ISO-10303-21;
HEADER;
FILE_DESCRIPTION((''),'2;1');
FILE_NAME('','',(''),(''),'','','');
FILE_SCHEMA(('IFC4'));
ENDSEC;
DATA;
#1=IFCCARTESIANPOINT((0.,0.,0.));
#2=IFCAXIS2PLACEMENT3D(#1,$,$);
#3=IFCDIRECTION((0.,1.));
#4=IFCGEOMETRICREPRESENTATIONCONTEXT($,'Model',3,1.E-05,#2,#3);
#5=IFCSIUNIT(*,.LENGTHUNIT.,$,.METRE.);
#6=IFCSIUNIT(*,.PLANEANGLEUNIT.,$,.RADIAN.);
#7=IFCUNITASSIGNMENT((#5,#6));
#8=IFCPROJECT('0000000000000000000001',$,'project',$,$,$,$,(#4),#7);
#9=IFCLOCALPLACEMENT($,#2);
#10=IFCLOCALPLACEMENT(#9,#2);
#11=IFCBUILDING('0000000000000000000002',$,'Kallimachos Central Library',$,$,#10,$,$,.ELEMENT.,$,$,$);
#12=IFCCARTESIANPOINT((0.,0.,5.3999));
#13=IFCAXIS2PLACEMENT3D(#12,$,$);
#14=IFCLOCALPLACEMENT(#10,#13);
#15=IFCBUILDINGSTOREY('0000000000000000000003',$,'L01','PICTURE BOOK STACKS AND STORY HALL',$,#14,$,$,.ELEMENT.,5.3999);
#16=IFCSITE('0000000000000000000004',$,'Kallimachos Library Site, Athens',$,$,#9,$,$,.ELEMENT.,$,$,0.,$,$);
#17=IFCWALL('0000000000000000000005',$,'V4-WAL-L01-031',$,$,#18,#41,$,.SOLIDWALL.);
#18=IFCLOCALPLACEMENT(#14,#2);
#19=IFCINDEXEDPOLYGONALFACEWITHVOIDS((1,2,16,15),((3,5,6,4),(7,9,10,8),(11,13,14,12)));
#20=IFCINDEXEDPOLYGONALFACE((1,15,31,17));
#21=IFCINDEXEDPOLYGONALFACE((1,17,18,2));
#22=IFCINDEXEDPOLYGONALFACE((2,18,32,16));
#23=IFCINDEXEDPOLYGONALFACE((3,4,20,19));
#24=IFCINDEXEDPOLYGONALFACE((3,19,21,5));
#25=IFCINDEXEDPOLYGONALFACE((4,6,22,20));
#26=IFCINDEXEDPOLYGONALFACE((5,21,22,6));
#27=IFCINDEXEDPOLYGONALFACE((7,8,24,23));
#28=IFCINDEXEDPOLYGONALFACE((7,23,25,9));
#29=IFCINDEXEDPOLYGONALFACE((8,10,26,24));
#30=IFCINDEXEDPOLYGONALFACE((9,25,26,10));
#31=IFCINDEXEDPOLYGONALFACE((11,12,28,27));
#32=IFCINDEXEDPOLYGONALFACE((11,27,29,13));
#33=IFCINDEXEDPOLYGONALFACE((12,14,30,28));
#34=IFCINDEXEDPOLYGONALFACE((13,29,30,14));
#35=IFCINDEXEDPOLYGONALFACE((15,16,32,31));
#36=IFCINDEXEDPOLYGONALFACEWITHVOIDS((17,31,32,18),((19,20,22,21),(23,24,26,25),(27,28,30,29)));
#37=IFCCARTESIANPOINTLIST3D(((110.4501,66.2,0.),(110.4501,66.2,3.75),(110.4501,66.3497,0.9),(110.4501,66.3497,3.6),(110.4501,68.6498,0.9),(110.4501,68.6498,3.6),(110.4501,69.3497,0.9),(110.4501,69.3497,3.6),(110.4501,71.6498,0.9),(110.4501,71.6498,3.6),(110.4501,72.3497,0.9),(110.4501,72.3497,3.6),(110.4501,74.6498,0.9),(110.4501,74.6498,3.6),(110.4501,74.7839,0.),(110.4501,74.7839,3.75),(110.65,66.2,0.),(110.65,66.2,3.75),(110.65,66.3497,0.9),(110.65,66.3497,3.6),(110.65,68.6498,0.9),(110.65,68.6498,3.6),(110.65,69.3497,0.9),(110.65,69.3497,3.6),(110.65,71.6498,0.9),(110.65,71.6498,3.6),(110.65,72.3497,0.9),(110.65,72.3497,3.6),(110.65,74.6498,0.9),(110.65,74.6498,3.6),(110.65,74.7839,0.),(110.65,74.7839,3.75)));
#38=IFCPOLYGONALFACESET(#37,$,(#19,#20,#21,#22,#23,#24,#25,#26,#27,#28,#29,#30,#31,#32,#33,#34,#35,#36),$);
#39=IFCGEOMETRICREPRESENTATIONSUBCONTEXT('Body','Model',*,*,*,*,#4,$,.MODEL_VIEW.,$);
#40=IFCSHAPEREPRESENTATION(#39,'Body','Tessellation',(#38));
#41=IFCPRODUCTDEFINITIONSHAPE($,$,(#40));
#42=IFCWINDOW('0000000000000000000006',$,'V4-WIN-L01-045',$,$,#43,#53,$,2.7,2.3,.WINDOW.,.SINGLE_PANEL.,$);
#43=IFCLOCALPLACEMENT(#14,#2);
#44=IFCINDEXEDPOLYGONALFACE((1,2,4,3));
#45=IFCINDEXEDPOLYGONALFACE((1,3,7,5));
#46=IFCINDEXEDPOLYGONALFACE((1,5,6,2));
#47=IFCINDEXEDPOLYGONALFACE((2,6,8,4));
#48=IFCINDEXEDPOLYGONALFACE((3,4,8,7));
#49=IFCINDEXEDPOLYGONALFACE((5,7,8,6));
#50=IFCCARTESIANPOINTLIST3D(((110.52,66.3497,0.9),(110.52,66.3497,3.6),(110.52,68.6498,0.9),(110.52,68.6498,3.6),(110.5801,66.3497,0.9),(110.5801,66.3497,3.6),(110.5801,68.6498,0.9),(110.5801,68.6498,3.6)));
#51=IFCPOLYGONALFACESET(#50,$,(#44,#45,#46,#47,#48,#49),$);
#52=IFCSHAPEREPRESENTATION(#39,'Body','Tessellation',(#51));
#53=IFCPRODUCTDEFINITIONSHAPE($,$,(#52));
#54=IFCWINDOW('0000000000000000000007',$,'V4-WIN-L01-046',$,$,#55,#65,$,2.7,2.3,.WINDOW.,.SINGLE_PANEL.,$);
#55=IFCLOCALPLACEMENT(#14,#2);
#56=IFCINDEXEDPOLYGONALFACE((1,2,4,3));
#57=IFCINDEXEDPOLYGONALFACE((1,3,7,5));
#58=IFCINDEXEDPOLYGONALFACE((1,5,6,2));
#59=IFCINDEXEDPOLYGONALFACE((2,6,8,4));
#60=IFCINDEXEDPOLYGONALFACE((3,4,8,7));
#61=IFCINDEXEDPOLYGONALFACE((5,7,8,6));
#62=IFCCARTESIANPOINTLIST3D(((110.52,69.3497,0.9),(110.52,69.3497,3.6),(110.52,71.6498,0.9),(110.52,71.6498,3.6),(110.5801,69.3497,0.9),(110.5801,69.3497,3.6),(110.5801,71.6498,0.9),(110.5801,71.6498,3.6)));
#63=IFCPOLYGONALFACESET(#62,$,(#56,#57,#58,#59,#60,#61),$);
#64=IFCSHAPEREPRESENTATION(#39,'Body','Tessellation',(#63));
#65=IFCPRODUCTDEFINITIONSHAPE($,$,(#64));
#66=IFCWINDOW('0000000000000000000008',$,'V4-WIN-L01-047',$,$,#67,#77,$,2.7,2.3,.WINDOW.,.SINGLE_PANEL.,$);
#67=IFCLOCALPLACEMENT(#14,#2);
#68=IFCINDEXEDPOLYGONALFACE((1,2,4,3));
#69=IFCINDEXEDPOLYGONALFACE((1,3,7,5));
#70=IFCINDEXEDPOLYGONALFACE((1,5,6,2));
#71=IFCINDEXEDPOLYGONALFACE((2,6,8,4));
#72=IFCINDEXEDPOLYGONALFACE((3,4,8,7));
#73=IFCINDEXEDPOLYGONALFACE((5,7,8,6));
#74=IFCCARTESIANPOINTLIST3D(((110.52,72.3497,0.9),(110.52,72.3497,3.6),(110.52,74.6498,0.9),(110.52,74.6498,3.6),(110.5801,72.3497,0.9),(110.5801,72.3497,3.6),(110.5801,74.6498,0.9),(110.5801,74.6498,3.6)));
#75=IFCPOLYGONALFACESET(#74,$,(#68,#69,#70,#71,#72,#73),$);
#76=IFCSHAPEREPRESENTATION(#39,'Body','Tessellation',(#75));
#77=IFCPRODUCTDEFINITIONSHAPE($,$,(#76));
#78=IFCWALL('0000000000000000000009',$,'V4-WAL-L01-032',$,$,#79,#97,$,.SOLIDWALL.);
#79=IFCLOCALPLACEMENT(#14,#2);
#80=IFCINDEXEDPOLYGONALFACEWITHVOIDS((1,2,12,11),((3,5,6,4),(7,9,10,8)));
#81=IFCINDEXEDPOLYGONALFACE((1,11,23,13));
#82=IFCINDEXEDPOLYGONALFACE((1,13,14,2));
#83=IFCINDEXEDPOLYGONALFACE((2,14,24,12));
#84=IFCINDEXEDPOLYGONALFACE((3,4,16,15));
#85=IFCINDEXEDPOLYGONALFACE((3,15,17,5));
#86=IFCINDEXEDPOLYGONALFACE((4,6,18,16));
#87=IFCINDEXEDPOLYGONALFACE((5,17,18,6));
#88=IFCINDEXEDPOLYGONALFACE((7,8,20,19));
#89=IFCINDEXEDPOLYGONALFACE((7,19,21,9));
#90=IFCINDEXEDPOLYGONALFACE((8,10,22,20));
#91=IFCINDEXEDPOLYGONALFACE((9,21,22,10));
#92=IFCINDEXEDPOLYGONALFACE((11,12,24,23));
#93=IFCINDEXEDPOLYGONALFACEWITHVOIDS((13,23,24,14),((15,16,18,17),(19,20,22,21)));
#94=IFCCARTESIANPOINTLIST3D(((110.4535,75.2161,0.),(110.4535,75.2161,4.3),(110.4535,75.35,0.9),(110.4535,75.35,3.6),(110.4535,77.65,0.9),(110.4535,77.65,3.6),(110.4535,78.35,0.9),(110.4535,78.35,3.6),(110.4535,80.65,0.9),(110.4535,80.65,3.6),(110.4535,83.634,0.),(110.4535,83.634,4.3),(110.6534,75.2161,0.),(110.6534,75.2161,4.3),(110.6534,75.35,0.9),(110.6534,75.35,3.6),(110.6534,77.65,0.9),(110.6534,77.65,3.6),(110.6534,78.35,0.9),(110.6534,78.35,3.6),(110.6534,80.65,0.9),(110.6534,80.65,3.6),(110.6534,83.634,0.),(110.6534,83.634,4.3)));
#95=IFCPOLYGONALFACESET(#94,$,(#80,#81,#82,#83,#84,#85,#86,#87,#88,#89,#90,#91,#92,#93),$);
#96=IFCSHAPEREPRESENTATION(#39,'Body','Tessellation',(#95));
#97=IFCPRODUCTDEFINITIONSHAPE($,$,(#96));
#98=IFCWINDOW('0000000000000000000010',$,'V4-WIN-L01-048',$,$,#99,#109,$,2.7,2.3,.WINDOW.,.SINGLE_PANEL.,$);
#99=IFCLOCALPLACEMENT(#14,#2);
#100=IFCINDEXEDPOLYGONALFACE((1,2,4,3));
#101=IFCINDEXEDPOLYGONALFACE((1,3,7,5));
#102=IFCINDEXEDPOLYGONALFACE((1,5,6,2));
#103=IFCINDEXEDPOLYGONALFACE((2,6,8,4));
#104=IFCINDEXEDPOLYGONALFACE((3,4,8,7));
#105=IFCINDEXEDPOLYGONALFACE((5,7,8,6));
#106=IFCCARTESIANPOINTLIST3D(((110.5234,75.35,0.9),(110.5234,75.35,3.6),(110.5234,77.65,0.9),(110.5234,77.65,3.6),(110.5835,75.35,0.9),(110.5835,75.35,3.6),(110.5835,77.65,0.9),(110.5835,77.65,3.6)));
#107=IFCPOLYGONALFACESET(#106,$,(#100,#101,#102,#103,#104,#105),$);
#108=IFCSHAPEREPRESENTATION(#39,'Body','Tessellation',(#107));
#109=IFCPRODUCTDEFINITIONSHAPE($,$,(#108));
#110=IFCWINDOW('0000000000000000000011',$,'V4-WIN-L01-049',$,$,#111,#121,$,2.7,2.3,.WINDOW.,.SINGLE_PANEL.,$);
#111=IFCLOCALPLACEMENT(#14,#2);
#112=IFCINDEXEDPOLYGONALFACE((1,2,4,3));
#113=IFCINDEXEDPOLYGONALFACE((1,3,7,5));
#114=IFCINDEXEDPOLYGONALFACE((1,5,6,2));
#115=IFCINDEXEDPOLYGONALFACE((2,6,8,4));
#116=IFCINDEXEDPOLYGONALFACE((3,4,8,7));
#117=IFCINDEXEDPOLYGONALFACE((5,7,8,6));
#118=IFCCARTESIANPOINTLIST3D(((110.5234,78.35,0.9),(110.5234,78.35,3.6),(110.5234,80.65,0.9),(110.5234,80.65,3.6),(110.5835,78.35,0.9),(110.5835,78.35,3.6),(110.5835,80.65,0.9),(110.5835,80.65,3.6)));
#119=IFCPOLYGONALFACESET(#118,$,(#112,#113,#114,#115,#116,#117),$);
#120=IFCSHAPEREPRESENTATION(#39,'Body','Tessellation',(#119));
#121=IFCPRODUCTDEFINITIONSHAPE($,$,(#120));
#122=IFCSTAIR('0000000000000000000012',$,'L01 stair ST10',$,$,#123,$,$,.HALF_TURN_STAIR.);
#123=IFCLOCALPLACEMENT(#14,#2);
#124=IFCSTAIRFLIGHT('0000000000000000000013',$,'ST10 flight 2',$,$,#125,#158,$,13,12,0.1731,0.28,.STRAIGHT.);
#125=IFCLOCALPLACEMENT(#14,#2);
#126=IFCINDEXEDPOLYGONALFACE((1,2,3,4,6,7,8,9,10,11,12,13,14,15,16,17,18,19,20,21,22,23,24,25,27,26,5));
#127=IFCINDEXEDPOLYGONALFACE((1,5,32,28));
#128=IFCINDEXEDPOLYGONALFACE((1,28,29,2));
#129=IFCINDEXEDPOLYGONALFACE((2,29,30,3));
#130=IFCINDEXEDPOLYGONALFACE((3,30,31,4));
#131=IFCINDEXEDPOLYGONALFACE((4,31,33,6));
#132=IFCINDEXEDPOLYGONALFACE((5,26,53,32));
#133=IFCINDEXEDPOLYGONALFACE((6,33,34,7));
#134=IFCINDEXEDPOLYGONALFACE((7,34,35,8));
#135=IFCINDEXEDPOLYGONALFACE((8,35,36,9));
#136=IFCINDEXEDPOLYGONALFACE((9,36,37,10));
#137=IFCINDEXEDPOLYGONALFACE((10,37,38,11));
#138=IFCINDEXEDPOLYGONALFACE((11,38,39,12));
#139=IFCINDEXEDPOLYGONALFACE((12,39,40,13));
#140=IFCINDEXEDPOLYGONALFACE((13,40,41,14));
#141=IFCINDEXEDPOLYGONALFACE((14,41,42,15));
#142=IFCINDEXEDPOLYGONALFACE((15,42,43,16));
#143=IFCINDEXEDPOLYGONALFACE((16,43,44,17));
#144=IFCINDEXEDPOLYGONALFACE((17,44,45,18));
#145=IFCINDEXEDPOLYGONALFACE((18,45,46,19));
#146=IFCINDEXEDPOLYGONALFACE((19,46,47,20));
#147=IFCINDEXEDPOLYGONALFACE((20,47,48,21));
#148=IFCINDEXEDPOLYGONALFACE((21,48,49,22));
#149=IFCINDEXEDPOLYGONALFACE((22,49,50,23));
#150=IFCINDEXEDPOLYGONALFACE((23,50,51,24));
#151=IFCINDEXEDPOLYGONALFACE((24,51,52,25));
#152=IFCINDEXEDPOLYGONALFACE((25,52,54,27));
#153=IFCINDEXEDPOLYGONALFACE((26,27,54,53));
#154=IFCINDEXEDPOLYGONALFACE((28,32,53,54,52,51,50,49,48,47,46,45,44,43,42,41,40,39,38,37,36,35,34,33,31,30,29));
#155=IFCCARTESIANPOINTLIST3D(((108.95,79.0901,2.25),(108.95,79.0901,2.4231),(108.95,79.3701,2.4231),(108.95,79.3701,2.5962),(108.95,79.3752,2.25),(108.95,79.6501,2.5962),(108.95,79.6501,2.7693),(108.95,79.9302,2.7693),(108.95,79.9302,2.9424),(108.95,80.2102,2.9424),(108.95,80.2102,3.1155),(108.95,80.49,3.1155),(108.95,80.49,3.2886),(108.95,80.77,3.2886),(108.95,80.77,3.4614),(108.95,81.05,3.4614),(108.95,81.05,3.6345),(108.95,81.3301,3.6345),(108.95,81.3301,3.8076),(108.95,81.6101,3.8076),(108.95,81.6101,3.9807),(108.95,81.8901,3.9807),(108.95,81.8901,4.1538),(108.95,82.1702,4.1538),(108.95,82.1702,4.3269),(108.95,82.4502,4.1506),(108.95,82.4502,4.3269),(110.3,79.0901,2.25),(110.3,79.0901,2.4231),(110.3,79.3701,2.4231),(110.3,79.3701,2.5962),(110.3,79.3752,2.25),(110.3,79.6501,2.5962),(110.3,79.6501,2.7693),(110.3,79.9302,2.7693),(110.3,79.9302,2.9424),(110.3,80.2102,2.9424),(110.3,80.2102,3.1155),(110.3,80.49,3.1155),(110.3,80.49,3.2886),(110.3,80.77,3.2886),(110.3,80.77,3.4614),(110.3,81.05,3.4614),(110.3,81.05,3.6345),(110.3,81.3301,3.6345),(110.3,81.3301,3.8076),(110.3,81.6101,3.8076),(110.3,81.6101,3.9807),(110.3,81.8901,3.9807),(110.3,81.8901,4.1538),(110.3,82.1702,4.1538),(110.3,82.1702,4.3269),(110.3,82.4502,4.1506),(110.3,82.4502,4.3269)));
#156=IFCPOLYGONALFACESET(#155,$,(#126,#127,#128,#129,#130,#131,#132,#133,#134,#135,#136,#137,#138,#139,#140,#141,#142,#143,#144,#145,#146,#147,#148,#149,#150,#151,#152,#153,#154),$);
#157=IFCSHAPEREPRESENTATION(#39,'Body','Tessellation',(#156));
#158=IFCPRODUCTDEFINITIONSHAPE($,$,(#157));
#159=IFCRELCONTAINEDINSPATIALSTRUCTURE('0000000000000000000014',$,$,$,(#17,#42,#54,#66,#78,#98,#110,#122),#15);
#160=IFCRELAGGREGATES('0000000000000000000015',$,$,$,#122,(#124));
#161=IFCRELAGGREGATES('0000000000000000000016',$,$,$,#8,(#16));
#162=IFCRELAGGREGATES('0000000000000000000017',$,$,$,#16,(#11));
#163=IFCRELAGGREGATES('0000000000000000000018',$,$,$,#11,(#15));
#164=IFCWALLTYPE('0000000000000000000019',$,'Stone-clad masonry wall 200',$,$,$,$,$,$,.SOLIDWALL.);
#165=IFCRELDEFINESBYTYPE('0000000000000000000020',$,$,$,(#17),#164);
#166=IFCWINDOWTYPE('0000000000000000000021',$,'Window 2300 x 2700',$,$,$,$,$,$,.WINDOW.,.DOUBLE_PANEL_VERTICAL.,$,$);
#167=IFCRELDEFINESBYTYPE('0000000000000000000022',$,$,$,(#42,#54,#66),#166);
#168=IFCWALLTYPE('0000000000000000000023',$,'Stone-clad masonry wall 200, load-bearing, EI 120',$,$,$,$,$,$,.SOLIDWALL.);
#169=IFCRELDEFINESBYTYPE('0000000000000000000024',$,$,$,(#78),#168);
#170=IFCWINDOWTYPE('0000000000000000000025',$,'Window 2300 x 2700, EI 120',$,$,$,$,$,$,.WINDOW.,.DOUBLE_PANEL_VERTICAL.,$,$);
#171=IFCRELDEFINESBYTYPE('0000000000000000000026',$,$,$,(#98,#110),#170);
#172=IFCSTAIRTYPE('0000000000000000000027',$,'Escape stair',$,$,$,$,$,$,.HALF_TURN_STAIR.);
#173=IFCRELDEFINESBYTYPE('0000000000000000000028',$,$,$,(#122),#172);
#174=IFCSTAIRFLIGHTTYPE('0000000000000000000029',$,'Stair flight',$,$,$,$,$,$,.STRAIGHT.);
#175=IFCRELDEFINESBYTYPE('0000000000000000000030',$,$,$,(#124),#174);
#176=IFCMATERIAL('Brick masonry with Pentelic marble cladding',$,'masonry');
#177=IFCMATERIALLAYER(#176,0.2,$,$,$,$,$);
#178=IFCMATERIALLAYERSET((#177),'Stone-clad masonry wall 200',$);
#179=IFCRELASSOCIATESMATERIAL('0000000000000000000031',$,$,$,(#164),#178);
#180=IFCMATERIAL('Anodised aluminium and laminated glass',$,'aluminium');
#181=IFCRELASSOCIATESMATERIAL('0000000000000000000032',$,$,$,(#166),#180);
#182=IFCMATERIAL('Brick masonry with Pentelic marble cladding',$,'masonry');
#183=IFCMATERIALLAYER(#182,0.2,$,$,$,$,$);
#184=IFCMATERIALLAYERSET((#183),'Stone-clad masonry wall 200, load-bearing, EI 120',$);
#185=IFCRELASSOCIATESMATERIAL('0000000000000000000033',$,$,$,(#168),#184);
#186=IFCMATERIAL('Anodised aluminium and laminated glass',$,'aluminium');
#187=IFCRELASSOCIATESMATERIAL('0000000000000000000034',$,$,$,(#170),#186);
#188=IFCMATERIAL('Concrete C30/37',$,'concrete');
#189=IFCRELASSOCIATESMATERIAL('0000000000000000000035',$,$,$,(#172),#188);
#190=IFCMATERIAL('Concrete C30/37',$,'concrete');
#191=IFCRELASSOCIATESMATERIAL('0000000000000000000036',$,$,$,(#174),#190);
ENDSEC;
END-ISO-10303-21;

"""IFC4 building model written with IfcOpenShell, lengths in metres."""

from ifc_helpers import new_model, si_unit, direction, frame, frame_2d, origin, place, context, subcontext, project, spatial, polyline, rectangle, outline, extrude, material, layer, layer_set, type_object, element, fill, aggregate, save


model = new_model("IFC4")

# Units and contexts
model_context = context("Model", 3, precision=1e-05, world=origin(), true_north=direction((0.0, 1.0)))
body_context = subcontext(model_context, "Body", "Model", "MODEL_VIEW")
ifc_project = project(units=[si_unit("LENGTHUNIT", "METRE"), si_unit("PLANEANGLEUNIT", "RADIAN")], contexts=[model_context])

# Site, building, storey
site_placement = place(None, origin())
site = spatial("IfcSite", under=ifc_project, at=site_placement, Name="Kallimachos Library Site, Athens", CompositionType="ELEMENT", RefElevation=0.0)
building_placement = place(site_placement, origin())
building = spatial("IfcBuilding", under=site, at=building_placement, Name="Kallimachos Central Library", CompositionType="ELEMENT")
storey_placement = place(building_placement, frame((0.0, 0.0, 5.3999)))
storey = spatial("IfcBuildingStorey", under=building, at=storey_placement, Name="L01", Description="PICTURE BOOK STACKS AND STORY HALL", CompositionType="ELEMENT", Elevation=5.3999)

# Walls, openings, windows
ifc_material_1 = material(Name="Brick masonry with Pentelic marble cladding", Category="masonry")
ifc_layer_1 = layer(ifc_material_1, 0.2)
ifc_layer_set_1 = layer_set([ifc_layer_1], Name="Stone-clad masonry wall 200")
wall_type_1 = type_object("IfcWallType", Name="Stone-clad masonry wall 200", PredefinedType="SOLIDWALL", material=ifc_layer_set_1)
wall_1_placement = place(storey_placement, frame((110.55, 66.2, 0.0), z_axis=(0.0, 0.0, 1.0), x_axis=(0.0, 1.0, 0.0)))
wall_1 = element("IfcWall", 1, at=wall_1_placement, inside=storey, type_object=wall_type_1, Name="V4-WAL-L01-031", PredefinedType="SOLIDWALL", context=body_context, shape_type="SweptSolid", body=[
    extrude(rectangle(XDim=8.584, YDim=0.2, at=frame_2d((4.292, 0.0))), origin(), (0.0, 0.0, 1.0), 3.75),
])
opening_1_placement = place(wall_1_placement, frame((0.1499, 0.0, 0.8999)))
opening_1 = element("IfcOpeningElement", 2, at=opening_1_placement, cuts=wall_1, PredefinedType="OPENING", context=body_context, shape_type="SweptSolid", body=[
    extrude(rectangle(XDim=2.3, YDim=2.7, at=frame_2d((1.1499, 1.3501))), frame((0.0, 0.1099, 0.0), z_axis=(0.0, -1.0, 0.0), x_axis=(1.0, 0.0, 0.0)), (0.0, 0.0, 1.0), 0.22),
])
opening_2_placement = place(wall_1_placement, frame((3.1499, 0.0, 0.8999)))
opening_2 = element("IfcOpeningElement", 3, at=opening_2_placement, cuts=wall_1, PredefinedType="OPENING", context=body_context, shape_type="SweptSolid", body=[
    extrude(rectangle(XDim=2.3, YDim=2.7, at=frame_2d((1.1499, 1.3501))), frame((0.0, 0.1099, 0.0), z_axis=(0.0, -1.0, 0.0), x_axis=(1.0, 0.0, 0.0)), (0.0, 0.0, 1.0), 0.22),
])
opening_3_placement = place(wall_1_placement, frame((6.1499, 0.0, 0.8999)))
opening_3 = element("IfcOpeningElement", 4, at=opening_3_placement, cuts=wall_1, PredefinedType="OPENING", context=body_context, shape_type="SweptSolid", body=[
    extrude(rectangle(XDim=2.3, YDim=2.7, at=frame_2d((1.1499, 1.3501))), frame((0.0, 0.1099, 0.0), z_axis=(0.0, -1.0, 0.0), x_axis=(1.0, 0.0, 0.0)), (0.0, 0.0, 1.0), 0.22),
])
ifc_material_2 = material(Name="Anodised aluminium and laminated glass", Category="aluminium")
window_type_1 = type_object("IfcWindowType", Name="Window 2300 x 2700", PartitioningType="DOUBLE_PANEL_VERTICAL", PredefinedType="WINDOW", material=ifc_material_2)
window_1_placement = place(opening_1_placement, origin())
window_1 = element("IfcWindow", 5, at=window_1_placement, inside=storey, type_object=window_type_1, Name="V4-WIN-L01-045", OverallHeight=2.7, OverallWidth=2.3, PartitioningType="SINGLE_PANEL", PredefinedType="WINDOW", context=body_context, shape_type="SweptSolid", body=[
    extrude(rectangle(XDim=2.3, YDim=2.7, at=frame_2d((1.1499, 1.3501))), frame((0.0, 0.03, 0.0), z_axis=(0.0, -1.0, 0.0), x_axis=(1.0, 0.0, 0.0)), (0.0, 0.0, 1.0), 0.0601),
])
fill(opening_1, window_1)
window_2_placement = place(opening_2_placement, origin())
window_2 = element("IfcWindow", 6, at=window_2_placement, inside=storey, type_object=window_type_1, Name="V4-WIN-L01-046", OverallHeight=2.7, OverallWidth=2.3, PartitioningType="SINGLE_PANEL", PredefinedType="WINDOW", context=body_context, shape_type="SweptSolid", body=[
    extrude(rectangle(XDim=2.3, YDim=2.7, at=frame_2d((1.1499, 1.3501))), frame((0.0, 0.03, 0.0), z_axis=(0.0, -1.0, 0.0), x_axis=(1.0, 0.0, 0.0)), (0.0, 0.0, 1.0), 0.0601),
])
fill(opening_2, window_2)
window_3_placement = place(opening_3_placement, origin())
window_3 = element("IfcWindow", 7, at=window_3_placement, inside=storey, type_object=window_type_1, Name="V4-WIN-L01-047", OverallHeight=2.7, OverallWidth=2.3, PartitioningType="SINGLE_PANEL", PredefinedType="WINDOW", context=body_context, shape_type="SweptSolid", body=[
    extrude(rectangle(XDim=2.3, YDim=2.7, at=frame_2d((1.1499, 1.3501))), frame((0.0, 0.03, 0.0), z_axis=(0.0, -1.0, 0.0), x_axis=(1.0, 0.0, 0.0)), (0.0, 0.0, 1.0), 0.0601),
])
fill(opening_3, window_3)
ifc_material_3 = material(Name="Brick masonry with Pentelic marble cladding", Category="masonry")
ifc_layer_2 = layer(ifc_material_3, 0.2)
ifc_layer_set_2 = layer_set([ifc_layer_2], Name="Stone-clad masonry wall 200, load-bearing, EI 120")
wall_type_2 = type_object("IfcWallType", Name="Stone-clad masonry wall 200, load-bearing, EI 120", PredefinedType="SOLIDWALL", material=ifc_layer_set_2)
wall_2_placement = place(storey_placement, frame((110.5535, 75.2161, 0.0), z_axis=(0.0, 0.0, 1.0), x_axis=(0.0, 1.0, 0.0)))
wall_2 = element("IfcWall", 8, at=wall_2_placement, inside=storey, type_object=wall_type_2, Name="V4-WAL-L01-032", PredefinedType="SOLIDWALL", context=body_context, shape_type="SweptSolid", body=[
    extrude(rectangle(XDim=8.418, YDim=0.2, at=frame_2d((4.209, 0.0))), origin(), (0.0, 0.0, 1.0), 4.3),
])
opening_4_placement = place(wall_2_placement, frame((0.134, 0.0, 0.8999)))
opening_4 = element("IfcOpeningElement", 9, at=opening_4_placement, cuts=wall_2, PredefinedType="OPENING", context=body_context, shape_type="SweptSolid", body=[
    extrude(rectangle(XDim=2.3, YDim=2.7, at=frame_2d((1.1499, 1.3501))), frame((0.0, 0.1099, 0.0), z_axis=(0.0, -1.0, 0.0), x_axis=(1.0, 0.0, 0.0)), (0.0, 0.0, 1.0), 0.22),
])
opening_5_placement = place(wall_2_placement, frame((3.134, 0.0, 0.8999)))
opening_5 = element("IfcOpeningElement", 10, at=opening_5_placement, cuts=wall_2, PredefinedType="OPENING", context=body_context, shape_type="SweptSolid", body=[
    extrude(rectangle(XDim=2.3, YDim=2.7, at=frame_2d((1.1499, 1.3501))), frame((0.0, 0.1099, 0.0), z_axis=(0.0, -1.0, 0.0), x_axis=(1.0, 0.0, 0.0)), (0.0, 0.0, 1.0), 0.22),
])
ifc_material_4 = material(Name="Anodised aluminium and laminated glass", Category="aluminium")
window_type_2 = type_object("IfcWindowType", Name="Window 2300 x 2700, EI 120", PartitioningType="DOUBLE_PANEL_VERTICAL", PredefinedType="WINDOW", material=ifc_material_4)
window_4_placement = place(opening_4_placement, origin())
window_4 = element("IfcWindow", 11, at=window_4_placement, inside=storey, type_object=window_type_2, Name="V4-WIN-L01-048", OverallHeight=2.7, OverallWidth=2.3, PartitioningType="SINGLE_PANEL", PredefinedType="WINDOW", context=body_context, shape_type="SweptSolid", body=[
    extrude(rectangle(XDim=2.3, YDim=2.7, at=frame_2d((1.1499, 1.3501))), frame((0.0, 0.03, 0.0), z_axis=(0.0, -1.0, 0.0), x_axis=(1.0, 0.0, 0.0)), (0.0, 0.0, 1.0), 0.0601),
])
fill(opening_4, window_4)
window_5_placement = place(opening_5_placement, origin())
window_5 = element("IfcWindow", 12, at=window_5_placement, inside=storey, type_object=window_type_2, Name="V4-WIN-L01-049", OverallHeight=2.7, OverallWidth=2.3, PartitioningType="SINGLE_PANEL", PredefinedType="WINDOW", context=body_context, shape_type="SweptSolid", body=[
    extrude(rectangle(XDim=2.3, YDim=2.7, at=frame_2d((1.1499, 1.3501))), frame((0.0, 0.03, 0.0), z_axis=(0.0, -1.0, 0.0), x_axis=(1.0, 0.0, 0.0)), (0.0, 0.0, 1.0), 0.0601),
])
fill(opening_5, window_5)

# Stair, stair flight
ifc_material_5 = material(Name="Concrete C30/37", Category="concrete")
stair_type = type_object("IfcStairType", Name="Escape stair", PredefinedType="HALF_TURN_STAIR", material=ifc_material_5)
stair_placement = place(storey_placement, origin())
stair = element("IfcStair", 13, at=stair_placement, inside=storey, type_object=stair_type, Name="L01 stair ST10", PredefinedType="HALF_TURN_STAIR")
ifc_material_6 = material(Name="Concrete C30/37", Category="concrete")
stair_flight_type = type_object("IfcStairFlightType", Name="Stair flight", PredefinedType="STRAIGHT", material=ifc_material_6)
stair_flight_placement = place(storey_placement, frame((109.625, 79.0901, 2.25), z_axis=(0.0, 0.0, 1.0), x_axis=(0.0, 1.0, 0.0)))
stair_flight = element("IfcStairFlight", 14, at=stair_flight_placement, type_object=stair_flight_type, Name="ST10 flight 2", NumberOfRisers=13, NumberOfTreads=12, PredefinedType="STRAIGHT", RiserHeight=0.1731, TreadLength=0.28, context=body_context, shape_type="SweptSolid", body=[
    extrude(outline(polyline([(0.0, 0.0), (0.0, 0.1731), (0.28, 0.1731), (0.28, 0.3462), (0.5601, 0.3462), (0.5601, 0.5193), (0.8401, 0.5193), (0.8401, 0.6924), (1.1201, 0.6924), (1.1201, 0.8655), (1.3999, 0.8655), (1.3999, 1.0386), (1.6799, 1.0386), (1.6799, 1.2114), (1.96, 1.2114), (1.96, 1.3845), (2.24, 1.3845), (2.24, 1.5576), (2.52, 1.5576), (2.52, 1.7307), (2.8, 1.7307), (2.8, 1.9038), (3.0801, 1.9038), (3.0801, 2.0769), (3.3601, 2.0769), (3.3601, 2.25), (3.3601, 1.9006), (0.2852, 0.0), (0.0, 0.0)])), frame((0.0, 0.675, 0.0), z_axis=(0.0, -1.0, 0.0), x_axis=(1.0, 0.0, 0.0)), (0.0, 0.0, 1.0), 1.3501),
])
aggregate(stair, [stair_flight])

save(model, "model.ifc")
